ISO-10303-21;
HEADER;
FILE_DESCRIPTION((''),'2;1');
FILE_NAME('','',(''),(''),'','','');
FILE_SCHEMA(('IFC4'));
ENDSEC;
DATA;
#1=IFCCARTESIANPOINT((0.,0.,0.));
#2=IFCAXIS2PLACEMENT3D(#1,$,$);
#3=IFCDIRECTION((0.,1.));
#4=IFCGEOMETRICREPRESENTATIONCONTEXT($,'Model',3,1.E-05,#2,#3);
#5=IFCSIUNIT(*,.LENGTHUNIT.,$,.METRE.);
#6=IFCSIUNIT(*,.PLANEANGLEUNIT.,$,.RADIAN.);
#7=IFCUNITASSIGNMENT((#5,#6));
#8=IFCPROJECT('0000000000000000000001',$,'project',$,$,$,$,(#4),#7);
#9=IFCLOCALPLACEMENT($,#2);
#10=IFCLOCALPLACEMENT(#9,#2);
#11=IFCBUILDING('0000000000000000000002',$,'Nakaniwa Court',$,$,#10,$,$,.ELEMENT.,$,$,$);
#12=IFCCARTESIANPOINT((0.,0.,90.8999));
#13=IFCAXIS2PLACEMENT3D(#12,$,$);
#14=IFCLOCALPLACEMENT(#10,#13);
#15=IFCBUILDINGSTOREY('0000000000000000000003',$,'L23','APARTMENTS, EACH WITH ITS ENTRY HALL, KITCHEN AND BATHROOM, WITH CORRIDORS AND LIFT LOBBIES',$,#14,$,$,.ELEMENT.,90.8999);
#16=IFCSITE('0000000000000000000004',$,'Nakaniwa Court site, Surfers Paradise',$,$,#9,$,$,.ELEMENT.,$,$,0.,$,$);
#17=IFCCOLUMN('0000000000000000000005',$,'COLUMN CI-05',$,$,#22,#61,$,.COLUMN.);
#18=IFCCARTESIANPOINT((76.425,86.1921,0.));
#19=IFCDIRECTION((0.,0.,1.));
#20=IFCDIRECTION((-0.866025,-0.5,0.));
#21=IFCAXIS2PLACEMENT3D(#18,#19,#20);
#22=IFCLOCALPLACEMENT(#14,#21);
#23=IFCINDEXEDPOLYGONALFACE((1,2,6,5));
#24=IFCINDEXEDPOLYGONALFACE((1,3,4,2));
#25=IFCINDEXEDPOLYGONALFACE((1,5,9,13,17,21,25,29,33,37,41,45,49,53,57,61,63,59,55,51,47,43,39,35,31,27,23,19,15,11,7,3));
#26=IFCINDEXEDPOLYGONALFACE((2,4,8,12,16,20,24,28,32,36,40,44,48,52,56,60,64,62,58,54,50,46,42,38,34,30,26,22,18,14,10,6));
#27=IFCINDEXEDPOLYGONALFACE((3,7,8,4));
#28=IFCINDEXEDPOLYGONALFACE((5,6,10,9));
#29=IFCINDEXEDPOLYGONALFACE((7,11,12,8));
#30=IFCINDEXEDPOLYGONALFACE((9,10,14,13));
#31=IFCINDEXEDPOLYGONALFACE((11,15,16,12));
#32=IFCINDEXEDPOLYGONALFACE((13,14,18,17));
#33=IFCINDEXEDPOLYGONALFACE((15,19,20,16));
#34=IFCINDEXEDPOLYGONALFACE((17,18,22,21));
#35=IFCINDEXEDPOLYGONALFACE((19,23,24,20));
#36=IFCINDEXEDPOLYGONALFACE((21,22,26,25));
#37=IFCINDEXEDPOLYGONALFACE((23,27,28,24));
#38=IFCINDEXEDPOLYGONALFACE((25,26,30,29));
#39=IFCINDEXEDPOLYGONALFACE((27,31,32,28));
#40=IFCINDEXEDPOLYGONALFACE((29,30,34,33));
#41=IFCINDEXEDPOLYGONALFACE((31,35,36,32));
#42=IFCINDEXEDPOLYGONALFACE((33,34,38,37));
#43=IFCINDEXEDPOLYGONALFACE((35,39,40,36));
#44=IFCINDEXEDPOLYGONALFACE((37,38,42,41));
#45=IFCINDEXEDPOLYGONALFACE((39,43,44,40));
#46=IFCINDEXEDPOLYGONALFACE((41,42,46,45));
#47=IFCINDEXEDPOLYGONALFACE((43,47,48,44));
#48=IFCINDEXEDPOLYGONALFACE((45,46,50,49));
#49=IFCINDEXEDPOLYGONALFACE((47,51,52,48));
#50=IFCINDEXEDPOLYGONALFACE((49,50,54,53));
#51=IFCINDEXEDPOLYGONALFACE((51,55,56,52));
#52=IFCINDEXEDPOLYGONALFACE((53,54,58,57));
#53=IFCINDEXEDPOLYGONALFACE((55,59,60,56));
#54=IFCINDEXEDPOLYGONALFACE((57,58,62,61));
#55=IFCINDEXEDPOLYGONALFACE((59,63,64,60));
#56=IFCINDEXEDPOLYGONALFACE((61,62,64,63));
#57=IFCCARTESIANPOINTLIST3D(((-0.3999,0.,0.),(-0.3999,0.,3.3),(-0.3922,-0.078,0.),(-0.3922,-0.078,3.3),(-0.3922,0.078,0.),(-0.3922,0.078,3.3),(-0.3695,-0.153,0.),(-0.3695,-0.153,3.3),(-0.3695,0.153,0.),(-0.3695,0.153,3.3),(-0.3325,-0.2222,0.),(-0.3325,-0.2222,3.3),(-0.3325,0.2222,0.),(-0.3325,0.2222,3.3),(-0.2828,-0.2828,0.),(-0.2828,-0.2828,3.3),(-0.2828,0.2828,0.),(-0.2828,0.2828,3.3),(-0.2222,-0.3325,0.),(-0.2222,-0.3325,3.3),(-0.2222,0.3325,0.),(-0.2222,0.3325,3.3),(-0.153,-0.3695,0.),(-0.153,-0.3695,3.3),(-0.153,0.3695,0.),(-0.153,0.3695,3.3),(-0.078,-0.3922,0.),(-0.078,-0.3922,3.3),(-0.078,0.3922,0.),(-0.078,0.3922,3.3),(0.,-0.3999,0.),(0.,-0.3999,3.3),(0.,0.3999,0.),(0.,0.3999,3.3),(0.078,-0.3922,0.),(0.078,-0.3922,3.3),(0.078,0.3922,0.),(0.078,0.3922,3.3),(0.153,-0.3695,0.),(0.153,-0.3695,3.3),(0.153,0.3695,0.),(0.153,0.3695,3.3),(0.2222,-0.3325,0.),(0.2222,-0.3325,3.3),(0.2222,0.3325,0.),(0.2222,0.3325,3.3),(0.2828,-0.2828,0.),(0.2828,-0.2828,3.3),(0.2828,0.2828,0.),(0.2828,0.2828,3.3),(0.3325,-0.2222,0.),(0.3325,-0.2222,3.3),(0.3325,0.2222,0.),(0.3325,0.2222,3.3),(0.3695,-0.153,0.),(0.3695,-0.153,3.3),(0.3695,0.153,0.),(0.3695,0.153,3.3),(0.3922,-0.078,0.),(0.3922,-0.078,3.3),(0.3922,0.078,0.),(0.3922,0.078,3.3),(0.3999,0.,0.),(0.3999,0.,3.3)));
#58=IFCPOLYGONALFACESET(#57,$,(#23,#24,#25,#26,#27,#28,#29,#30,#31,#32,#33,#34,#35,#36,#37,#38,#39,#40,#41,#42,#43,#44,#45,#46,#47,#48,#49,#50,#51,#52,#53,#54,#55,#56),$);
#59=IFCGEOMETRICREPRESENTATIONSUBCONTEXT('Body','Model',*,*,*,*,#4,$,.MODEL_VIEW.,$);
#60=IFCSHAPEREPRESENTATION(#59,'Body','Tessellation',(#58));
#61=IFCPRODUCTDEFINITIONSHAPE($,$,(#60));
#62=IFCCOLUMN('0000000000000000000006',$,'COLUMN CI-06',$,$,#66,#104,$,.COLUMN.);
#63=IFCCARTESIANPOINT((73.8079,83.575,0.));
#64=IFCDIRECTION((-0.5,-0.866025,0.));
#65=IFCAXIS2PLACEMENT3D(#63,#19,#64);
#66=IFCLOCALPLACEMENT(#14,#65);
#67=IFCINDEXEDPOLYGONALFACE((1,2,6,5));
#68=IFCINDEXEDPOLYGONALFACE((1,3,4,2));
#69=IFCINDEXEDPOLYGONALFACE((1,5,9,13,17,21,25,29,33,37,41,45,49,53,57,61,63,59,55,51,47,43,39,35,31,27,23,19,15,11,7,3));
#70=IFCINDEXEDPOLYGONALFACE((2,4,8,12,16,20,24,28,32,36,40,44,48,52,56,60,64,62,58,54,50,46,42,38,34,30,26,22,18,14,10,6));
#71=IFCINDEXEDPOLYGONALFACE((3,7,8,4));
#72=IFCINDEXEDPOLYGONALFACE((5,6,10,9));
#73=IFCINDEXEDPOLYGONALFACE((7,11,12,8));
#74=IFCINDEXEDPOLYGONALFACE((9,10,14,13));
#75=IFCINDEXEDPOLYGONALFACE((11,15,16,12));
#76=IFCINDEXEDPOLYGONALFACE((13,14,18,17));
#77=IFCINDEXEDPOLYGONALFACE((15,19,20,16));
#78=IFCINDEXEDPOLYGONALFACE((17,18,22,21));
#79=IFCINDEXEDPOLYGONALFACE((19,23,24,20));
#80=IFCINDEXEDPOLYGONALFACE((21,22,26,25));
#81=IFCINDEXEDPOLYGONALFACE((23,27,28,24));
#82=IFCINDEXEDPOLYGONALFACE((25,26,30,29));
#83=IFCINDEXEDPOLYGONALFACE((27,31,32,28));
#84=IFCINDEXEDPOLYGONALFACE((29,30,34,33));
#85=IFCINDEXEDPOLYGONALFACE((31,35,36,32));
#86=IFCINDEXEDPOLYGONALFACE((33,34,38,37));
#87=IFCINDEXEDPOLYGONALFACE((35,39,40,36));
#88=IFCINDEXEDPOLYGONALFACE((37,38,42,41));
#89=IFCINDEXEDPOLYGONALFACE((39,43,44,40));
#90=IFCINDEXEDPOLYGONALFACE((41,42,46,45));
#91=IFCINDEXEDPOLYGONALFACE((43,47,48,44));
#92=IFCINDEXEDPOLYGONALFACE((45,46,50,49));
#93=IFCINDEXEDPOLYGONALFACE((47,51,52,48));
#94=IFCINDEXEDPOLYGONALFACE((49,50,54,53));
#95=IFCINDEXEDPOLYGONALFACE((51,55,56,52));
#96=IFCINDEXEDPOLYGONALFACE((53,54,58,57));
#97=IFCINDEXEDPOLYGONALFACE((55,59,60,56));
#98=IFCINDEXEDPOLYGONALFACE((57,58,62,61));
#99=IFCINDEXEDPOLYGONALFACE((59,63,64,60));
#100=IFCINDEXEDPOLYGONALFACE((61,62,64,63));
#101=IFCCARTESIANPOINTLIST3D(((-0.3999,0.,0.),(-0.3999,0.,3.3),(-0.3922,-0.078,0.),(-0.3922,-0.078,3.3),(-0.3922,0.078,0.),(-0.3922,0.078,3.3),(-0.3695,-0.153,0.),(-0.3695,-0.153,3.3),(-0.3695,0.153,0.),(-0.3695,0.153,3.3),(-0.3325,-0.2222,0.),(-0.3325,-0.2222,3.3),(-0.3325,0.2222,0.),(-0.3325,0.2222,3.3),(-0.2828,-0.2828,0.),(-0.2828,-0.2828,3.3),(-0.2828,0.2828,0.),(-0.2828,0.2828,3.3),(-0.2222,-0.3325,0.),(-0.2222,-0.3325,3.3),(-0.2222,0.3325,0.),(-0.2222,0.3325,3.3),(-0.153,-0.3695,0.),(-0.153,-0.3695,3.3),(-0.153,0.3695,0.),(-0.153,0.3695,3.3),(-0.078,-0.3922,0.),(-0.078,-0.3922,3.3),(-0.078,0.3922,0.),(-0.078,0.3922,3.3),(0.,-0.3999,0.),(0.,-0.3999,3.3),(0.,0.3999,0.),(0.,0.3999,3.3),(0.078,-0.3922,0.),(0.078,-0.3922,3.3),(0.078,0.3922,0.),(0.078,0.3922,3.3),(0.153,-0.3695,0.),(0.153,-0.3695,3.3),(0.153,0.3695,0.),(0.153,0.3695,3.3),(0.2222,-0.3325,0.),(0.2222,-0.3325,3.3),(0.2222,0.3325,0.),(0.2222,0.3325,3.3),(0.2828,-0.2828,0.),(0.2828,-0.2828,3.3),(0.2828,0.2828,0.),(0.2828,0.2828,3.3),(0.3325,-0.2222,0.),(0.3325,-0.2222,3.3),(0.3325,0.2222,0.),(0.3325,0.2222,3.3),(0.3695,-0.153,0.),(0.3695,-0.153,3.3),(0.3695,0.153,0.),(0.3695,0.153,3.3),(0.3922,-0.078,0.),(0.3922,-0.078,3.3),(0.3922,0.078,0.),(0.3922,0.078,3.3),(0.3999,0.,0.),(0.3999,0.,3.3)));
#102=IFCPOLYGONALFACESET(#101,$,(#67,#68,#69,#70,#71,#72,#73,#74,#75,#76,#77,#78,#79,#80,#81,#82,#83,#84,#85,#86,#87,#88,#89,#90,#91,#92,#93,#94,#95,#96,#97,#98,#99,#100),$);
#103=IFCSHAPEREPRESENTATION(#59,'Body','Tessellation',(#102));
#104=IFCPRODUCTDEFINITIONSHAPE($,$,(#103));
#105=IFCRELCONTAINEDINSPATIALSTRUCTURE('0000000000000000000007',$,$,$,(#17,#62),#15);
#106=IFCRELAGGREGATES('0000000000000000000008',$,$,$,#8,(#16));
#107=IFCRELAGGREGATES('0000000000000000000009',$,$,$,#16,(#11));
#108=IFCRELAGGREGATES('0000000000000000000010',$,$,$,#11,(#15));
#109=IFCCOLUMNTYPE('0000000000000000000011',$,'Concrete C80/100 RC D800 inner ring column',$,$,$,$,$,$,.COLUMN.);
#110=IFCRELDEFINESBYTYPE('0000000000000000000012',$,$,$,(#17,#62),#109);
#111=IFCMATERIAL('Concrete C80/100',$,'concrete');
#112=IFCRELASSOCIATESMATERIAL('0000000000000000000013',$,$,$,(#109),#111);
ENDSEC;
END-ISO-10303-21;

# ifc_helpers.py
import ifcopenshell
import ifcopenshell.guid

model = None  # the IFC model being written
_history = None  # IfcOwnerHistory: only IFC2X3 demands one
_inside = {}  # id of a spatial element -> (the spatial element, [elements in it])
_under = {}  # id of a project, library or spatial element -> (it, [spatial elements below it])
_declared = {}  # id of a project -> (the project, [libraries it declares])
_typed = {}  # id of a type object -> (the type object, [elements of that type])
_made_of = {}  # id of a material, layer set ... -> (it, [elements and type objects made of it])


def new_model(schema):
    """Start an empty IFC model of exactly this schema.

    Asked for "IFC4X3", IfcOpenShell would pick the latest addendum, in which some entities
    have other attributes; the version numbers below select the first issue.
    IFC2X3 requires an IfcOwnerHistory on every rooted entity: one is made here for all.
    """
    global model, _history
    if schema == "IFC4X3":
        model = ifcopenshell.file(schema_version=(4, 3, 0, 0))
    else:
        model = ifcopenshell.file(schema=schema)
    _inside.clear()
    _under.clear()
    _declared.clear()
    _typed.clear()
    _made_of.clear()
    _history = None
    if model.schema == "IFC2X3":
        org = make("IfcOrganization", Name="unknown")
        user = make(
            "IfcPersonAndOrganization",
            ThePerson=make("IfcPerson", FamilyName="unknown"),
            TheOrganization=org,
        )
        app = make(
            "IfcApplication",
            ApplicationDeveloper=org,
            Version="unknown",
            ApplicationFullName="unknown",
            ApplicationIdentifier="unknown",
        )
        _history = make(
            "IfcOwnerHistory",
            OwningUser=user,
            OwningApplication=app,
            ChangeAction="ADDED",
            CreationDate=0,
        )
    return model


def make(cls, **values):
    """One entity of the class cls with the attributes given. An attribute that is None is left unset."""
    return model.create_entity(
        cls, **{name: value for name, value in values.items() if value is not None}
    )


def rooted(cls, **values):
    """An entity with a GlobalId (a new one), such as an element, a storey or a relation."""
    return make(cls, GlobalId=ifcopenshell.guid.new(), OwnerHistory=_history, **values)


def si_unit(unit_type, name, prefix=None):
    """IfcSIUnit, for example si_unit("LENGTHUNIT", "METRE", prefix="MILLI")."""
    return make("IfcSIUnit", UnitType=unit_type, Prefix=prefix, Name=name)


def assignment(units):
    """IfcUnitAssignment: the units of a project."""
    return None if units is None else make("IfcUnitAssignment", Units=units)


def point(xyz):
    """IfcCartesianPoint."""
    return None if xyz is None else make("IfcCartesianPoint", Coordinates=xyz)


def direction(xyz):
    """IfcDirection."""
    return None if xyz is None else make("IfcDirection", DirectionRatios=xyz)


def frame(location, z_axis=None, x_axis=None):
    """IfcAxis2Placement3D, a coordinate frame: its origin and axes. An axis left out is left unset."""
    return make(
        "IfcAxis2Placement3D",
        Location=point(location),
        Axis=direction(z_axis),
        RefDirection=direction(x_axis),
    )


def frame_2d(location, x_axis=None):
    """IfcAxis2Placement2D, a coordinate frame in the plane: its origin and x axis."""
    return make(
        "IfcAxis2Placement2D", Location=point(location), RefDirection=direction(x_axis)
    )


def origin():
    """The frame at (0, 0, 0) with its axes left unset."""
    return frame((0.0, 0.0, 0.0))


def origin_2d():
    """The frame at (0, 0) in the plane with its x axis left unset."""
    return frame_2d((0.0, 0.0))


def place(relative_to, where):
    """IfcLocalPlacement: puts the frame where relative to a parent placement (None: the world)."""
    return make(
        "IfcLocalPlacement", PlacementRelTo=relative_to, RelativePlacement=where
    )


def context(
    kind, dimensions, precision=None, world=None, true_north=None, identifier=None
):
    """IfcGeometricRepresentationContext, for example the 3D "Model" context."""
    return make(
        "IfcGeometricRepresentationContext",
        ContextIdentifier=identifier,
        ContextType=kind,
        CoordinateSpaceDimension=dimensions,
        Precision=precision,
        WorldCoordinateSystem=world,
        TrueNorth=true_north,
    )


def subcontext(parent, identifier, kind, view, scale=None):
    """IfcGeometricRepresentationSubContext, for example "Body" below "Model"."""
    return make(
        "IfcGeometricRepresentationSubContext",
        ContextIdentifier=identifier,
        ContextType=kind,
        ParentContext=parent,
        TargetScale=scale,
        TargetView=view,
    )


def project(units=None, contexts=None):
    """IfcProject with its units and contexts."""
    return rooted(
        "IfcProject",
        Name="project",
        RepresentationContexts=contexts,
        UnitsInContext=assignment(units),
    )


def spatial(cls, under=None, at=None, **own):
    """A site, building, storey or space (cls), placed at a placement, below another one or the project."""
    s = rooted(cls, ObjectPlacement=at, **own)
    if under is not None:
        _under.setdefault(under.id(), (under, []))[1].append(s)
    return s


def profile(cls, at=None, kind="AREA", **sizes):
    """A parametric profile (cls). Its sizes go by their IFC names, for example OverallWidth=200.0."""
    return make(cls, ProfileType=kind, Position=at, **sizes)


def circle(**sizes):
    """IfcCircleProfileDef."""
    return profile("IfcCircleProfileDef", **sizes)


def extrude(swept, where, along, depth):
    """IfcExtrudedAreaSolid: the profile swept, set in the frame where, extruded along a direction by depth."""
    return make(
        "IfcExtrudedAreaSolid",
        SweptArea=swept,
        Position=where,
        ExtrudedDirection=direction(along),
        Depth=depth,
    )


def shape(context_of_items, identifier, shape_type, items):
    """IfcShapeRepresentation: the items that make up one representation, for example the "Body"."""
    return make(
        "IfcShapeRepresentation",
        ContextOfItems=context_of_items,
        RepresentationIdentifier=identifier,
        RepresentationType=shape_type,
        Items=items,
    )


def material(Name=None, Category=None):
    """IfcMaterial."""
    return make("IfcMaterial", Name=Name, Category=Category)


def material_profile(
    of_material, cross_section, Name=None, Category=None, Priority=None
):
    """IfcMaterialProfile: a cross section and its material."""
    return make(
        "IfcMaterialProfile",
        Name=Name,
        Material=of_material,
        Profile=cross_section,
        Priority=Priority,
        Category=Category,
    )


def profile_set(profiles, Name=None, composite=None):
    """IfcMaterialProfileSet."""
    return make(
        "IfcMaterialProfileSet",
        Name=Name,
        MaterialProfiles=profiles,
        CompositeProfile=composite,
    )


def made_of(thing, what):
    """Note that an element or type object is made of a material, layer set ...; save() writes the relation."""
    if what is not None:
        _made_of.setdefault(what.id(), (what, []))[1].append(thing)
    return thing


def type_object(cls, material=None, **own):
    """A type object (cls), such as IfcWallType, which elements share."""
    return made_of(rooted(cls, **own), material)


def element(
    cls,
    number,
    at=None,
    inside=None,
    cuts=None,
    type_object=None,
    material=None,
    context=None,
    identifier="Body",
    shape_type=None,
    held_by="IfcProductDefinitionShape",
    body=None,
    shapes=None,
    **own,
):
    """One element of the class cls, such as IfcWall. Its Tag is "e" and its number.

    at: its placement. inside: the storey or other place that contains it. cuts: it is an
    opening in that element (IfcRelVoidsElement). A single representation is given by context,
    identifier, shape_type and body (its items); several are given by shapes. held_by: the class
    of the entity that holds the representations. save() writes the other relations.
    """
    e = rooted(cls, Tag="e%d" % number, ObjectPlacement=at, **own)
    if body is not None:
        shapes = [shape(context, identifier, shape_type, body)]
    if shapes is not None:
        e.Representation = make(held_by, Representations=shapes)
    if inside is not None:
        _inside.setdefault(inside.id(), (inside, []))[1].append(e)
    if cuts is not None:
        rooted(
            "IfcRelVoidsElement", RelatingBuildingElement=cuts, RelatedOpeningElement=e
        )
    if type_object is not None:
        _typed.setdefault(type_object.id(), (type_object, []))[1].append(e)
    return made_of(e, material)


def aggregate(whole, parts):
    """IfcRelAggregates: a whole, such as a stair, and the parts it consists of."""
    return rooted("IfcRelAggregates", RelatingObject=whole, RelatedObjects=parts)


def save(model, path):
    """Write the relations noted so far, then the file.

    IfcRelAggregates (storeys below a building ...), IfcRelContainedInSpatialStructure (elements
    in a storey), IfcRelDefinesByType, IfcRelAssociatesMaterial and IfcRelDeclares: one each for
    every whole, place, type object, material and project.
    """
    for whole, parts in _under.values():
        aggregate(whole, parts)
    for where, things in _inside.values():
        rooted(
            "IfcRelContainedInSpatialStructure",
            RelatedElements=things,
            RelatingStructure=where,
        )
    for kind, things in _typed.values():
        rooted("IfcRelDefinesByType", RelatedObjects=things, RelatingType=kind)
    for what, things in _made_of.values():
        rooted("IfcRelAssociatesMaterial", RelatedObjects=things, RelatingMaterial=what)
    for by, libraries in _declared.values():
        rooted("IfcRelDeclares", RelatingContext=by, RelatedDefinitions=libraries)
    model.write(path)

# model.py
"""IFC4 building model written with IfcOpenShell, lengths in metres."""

from ifc_helpers import new_model, si_unit, direction, frame, origin, origin_2d, place, context, subcontext, project, spatial, circle, extrude, material, material_profile, profile_set, type_object, element, save


model = new_model("IFC4")

# Units and contexts
model_context = context("Model", 3, precision=1e-05, world=origin(), true_north=direction((0.0, 1.0)))
body_context = subcontext(model_context, "Body", "Model", "MODEL_VIEW")
ifc_project = project(units=[si_unit("LENGTHUNIT", "METRE"), si_unit("PLANEANGLEUNIT", "RADIAN")], contexts=[model_context])

# Site, building, storey
site_placement = place(None, origin())
site = spatial("IfcSite", under=ifc_project, at=site_placement, Name="Nakaniwa Court site, Surfers Paradise", CompositionType="ELEMENT", RefElevation=0.0)
building_placement = place(site_placement, origin())
building = spatial("IfcBuilding", under=site, at=building_placement, Name="Nakaniwa Court", CompositionType="ELEMENT")
storey_placement = place(building_placement, frame((0.0, 0.0, 90.8999)))
storey = spatial("IfcBuildingStorey", under=building, at=storey_placement, Name="L23", Description="APARTMENTS, EACH WITH ITS ENTRY HALL, KITCHEN AND BATHROOM, WITH CORRIDORS AND LIFT LOBBIES", CompositionType="ELEMENT", Elevation=90.8999)

# Columns
ifc_material_1 = material(Name="Concrete C80/100", Category="concrete")
ifc_material_profile_1 = material_profile(ifc_material_1, circle(Radius=0.3999, at=origin_2d()), Name="Concrete C80/100 RC D800 inner ring column")
ifc_profile_set_1 = profile_set([ifc_material_profile_1], Name="Concrete C80/100")
column_type_1 = type_object("IfcColumnType", Name="Concrete C80/100 RC D800 inner ring column", PredefinedType="COLUMN", material=ifc_profile_set_1)
for number, where, z_axis, x_axis, name in (
    (1, (76.425, 86.1921, 0.0), (0.0, 0.0, 1.0), (-0.866025, -0.5, 0.0), "COLUMN CI-05"),
    (2, (73.8079, 83.575, 0.0), (0.0, 0.0, 1.0), (-0.5, -0.866025, 0.0), "COLUMN CI-06"),
):
    element("IfcColumn", number, at=place(storey_placement, frame(where, z_axis=z_axis, x_axis=x_axis)), inside=storey, type_object=column_type_1, Name=name, PredefinedType="COLUMN", context=body_context, shape_type="SweptSolid", body=[
        extrude(circle(Radius=0.3999, at=origin_2d()), origin(), (0.0, 0.0, 1.0), 3.3),
    ])

save(model, "model.ifc")
